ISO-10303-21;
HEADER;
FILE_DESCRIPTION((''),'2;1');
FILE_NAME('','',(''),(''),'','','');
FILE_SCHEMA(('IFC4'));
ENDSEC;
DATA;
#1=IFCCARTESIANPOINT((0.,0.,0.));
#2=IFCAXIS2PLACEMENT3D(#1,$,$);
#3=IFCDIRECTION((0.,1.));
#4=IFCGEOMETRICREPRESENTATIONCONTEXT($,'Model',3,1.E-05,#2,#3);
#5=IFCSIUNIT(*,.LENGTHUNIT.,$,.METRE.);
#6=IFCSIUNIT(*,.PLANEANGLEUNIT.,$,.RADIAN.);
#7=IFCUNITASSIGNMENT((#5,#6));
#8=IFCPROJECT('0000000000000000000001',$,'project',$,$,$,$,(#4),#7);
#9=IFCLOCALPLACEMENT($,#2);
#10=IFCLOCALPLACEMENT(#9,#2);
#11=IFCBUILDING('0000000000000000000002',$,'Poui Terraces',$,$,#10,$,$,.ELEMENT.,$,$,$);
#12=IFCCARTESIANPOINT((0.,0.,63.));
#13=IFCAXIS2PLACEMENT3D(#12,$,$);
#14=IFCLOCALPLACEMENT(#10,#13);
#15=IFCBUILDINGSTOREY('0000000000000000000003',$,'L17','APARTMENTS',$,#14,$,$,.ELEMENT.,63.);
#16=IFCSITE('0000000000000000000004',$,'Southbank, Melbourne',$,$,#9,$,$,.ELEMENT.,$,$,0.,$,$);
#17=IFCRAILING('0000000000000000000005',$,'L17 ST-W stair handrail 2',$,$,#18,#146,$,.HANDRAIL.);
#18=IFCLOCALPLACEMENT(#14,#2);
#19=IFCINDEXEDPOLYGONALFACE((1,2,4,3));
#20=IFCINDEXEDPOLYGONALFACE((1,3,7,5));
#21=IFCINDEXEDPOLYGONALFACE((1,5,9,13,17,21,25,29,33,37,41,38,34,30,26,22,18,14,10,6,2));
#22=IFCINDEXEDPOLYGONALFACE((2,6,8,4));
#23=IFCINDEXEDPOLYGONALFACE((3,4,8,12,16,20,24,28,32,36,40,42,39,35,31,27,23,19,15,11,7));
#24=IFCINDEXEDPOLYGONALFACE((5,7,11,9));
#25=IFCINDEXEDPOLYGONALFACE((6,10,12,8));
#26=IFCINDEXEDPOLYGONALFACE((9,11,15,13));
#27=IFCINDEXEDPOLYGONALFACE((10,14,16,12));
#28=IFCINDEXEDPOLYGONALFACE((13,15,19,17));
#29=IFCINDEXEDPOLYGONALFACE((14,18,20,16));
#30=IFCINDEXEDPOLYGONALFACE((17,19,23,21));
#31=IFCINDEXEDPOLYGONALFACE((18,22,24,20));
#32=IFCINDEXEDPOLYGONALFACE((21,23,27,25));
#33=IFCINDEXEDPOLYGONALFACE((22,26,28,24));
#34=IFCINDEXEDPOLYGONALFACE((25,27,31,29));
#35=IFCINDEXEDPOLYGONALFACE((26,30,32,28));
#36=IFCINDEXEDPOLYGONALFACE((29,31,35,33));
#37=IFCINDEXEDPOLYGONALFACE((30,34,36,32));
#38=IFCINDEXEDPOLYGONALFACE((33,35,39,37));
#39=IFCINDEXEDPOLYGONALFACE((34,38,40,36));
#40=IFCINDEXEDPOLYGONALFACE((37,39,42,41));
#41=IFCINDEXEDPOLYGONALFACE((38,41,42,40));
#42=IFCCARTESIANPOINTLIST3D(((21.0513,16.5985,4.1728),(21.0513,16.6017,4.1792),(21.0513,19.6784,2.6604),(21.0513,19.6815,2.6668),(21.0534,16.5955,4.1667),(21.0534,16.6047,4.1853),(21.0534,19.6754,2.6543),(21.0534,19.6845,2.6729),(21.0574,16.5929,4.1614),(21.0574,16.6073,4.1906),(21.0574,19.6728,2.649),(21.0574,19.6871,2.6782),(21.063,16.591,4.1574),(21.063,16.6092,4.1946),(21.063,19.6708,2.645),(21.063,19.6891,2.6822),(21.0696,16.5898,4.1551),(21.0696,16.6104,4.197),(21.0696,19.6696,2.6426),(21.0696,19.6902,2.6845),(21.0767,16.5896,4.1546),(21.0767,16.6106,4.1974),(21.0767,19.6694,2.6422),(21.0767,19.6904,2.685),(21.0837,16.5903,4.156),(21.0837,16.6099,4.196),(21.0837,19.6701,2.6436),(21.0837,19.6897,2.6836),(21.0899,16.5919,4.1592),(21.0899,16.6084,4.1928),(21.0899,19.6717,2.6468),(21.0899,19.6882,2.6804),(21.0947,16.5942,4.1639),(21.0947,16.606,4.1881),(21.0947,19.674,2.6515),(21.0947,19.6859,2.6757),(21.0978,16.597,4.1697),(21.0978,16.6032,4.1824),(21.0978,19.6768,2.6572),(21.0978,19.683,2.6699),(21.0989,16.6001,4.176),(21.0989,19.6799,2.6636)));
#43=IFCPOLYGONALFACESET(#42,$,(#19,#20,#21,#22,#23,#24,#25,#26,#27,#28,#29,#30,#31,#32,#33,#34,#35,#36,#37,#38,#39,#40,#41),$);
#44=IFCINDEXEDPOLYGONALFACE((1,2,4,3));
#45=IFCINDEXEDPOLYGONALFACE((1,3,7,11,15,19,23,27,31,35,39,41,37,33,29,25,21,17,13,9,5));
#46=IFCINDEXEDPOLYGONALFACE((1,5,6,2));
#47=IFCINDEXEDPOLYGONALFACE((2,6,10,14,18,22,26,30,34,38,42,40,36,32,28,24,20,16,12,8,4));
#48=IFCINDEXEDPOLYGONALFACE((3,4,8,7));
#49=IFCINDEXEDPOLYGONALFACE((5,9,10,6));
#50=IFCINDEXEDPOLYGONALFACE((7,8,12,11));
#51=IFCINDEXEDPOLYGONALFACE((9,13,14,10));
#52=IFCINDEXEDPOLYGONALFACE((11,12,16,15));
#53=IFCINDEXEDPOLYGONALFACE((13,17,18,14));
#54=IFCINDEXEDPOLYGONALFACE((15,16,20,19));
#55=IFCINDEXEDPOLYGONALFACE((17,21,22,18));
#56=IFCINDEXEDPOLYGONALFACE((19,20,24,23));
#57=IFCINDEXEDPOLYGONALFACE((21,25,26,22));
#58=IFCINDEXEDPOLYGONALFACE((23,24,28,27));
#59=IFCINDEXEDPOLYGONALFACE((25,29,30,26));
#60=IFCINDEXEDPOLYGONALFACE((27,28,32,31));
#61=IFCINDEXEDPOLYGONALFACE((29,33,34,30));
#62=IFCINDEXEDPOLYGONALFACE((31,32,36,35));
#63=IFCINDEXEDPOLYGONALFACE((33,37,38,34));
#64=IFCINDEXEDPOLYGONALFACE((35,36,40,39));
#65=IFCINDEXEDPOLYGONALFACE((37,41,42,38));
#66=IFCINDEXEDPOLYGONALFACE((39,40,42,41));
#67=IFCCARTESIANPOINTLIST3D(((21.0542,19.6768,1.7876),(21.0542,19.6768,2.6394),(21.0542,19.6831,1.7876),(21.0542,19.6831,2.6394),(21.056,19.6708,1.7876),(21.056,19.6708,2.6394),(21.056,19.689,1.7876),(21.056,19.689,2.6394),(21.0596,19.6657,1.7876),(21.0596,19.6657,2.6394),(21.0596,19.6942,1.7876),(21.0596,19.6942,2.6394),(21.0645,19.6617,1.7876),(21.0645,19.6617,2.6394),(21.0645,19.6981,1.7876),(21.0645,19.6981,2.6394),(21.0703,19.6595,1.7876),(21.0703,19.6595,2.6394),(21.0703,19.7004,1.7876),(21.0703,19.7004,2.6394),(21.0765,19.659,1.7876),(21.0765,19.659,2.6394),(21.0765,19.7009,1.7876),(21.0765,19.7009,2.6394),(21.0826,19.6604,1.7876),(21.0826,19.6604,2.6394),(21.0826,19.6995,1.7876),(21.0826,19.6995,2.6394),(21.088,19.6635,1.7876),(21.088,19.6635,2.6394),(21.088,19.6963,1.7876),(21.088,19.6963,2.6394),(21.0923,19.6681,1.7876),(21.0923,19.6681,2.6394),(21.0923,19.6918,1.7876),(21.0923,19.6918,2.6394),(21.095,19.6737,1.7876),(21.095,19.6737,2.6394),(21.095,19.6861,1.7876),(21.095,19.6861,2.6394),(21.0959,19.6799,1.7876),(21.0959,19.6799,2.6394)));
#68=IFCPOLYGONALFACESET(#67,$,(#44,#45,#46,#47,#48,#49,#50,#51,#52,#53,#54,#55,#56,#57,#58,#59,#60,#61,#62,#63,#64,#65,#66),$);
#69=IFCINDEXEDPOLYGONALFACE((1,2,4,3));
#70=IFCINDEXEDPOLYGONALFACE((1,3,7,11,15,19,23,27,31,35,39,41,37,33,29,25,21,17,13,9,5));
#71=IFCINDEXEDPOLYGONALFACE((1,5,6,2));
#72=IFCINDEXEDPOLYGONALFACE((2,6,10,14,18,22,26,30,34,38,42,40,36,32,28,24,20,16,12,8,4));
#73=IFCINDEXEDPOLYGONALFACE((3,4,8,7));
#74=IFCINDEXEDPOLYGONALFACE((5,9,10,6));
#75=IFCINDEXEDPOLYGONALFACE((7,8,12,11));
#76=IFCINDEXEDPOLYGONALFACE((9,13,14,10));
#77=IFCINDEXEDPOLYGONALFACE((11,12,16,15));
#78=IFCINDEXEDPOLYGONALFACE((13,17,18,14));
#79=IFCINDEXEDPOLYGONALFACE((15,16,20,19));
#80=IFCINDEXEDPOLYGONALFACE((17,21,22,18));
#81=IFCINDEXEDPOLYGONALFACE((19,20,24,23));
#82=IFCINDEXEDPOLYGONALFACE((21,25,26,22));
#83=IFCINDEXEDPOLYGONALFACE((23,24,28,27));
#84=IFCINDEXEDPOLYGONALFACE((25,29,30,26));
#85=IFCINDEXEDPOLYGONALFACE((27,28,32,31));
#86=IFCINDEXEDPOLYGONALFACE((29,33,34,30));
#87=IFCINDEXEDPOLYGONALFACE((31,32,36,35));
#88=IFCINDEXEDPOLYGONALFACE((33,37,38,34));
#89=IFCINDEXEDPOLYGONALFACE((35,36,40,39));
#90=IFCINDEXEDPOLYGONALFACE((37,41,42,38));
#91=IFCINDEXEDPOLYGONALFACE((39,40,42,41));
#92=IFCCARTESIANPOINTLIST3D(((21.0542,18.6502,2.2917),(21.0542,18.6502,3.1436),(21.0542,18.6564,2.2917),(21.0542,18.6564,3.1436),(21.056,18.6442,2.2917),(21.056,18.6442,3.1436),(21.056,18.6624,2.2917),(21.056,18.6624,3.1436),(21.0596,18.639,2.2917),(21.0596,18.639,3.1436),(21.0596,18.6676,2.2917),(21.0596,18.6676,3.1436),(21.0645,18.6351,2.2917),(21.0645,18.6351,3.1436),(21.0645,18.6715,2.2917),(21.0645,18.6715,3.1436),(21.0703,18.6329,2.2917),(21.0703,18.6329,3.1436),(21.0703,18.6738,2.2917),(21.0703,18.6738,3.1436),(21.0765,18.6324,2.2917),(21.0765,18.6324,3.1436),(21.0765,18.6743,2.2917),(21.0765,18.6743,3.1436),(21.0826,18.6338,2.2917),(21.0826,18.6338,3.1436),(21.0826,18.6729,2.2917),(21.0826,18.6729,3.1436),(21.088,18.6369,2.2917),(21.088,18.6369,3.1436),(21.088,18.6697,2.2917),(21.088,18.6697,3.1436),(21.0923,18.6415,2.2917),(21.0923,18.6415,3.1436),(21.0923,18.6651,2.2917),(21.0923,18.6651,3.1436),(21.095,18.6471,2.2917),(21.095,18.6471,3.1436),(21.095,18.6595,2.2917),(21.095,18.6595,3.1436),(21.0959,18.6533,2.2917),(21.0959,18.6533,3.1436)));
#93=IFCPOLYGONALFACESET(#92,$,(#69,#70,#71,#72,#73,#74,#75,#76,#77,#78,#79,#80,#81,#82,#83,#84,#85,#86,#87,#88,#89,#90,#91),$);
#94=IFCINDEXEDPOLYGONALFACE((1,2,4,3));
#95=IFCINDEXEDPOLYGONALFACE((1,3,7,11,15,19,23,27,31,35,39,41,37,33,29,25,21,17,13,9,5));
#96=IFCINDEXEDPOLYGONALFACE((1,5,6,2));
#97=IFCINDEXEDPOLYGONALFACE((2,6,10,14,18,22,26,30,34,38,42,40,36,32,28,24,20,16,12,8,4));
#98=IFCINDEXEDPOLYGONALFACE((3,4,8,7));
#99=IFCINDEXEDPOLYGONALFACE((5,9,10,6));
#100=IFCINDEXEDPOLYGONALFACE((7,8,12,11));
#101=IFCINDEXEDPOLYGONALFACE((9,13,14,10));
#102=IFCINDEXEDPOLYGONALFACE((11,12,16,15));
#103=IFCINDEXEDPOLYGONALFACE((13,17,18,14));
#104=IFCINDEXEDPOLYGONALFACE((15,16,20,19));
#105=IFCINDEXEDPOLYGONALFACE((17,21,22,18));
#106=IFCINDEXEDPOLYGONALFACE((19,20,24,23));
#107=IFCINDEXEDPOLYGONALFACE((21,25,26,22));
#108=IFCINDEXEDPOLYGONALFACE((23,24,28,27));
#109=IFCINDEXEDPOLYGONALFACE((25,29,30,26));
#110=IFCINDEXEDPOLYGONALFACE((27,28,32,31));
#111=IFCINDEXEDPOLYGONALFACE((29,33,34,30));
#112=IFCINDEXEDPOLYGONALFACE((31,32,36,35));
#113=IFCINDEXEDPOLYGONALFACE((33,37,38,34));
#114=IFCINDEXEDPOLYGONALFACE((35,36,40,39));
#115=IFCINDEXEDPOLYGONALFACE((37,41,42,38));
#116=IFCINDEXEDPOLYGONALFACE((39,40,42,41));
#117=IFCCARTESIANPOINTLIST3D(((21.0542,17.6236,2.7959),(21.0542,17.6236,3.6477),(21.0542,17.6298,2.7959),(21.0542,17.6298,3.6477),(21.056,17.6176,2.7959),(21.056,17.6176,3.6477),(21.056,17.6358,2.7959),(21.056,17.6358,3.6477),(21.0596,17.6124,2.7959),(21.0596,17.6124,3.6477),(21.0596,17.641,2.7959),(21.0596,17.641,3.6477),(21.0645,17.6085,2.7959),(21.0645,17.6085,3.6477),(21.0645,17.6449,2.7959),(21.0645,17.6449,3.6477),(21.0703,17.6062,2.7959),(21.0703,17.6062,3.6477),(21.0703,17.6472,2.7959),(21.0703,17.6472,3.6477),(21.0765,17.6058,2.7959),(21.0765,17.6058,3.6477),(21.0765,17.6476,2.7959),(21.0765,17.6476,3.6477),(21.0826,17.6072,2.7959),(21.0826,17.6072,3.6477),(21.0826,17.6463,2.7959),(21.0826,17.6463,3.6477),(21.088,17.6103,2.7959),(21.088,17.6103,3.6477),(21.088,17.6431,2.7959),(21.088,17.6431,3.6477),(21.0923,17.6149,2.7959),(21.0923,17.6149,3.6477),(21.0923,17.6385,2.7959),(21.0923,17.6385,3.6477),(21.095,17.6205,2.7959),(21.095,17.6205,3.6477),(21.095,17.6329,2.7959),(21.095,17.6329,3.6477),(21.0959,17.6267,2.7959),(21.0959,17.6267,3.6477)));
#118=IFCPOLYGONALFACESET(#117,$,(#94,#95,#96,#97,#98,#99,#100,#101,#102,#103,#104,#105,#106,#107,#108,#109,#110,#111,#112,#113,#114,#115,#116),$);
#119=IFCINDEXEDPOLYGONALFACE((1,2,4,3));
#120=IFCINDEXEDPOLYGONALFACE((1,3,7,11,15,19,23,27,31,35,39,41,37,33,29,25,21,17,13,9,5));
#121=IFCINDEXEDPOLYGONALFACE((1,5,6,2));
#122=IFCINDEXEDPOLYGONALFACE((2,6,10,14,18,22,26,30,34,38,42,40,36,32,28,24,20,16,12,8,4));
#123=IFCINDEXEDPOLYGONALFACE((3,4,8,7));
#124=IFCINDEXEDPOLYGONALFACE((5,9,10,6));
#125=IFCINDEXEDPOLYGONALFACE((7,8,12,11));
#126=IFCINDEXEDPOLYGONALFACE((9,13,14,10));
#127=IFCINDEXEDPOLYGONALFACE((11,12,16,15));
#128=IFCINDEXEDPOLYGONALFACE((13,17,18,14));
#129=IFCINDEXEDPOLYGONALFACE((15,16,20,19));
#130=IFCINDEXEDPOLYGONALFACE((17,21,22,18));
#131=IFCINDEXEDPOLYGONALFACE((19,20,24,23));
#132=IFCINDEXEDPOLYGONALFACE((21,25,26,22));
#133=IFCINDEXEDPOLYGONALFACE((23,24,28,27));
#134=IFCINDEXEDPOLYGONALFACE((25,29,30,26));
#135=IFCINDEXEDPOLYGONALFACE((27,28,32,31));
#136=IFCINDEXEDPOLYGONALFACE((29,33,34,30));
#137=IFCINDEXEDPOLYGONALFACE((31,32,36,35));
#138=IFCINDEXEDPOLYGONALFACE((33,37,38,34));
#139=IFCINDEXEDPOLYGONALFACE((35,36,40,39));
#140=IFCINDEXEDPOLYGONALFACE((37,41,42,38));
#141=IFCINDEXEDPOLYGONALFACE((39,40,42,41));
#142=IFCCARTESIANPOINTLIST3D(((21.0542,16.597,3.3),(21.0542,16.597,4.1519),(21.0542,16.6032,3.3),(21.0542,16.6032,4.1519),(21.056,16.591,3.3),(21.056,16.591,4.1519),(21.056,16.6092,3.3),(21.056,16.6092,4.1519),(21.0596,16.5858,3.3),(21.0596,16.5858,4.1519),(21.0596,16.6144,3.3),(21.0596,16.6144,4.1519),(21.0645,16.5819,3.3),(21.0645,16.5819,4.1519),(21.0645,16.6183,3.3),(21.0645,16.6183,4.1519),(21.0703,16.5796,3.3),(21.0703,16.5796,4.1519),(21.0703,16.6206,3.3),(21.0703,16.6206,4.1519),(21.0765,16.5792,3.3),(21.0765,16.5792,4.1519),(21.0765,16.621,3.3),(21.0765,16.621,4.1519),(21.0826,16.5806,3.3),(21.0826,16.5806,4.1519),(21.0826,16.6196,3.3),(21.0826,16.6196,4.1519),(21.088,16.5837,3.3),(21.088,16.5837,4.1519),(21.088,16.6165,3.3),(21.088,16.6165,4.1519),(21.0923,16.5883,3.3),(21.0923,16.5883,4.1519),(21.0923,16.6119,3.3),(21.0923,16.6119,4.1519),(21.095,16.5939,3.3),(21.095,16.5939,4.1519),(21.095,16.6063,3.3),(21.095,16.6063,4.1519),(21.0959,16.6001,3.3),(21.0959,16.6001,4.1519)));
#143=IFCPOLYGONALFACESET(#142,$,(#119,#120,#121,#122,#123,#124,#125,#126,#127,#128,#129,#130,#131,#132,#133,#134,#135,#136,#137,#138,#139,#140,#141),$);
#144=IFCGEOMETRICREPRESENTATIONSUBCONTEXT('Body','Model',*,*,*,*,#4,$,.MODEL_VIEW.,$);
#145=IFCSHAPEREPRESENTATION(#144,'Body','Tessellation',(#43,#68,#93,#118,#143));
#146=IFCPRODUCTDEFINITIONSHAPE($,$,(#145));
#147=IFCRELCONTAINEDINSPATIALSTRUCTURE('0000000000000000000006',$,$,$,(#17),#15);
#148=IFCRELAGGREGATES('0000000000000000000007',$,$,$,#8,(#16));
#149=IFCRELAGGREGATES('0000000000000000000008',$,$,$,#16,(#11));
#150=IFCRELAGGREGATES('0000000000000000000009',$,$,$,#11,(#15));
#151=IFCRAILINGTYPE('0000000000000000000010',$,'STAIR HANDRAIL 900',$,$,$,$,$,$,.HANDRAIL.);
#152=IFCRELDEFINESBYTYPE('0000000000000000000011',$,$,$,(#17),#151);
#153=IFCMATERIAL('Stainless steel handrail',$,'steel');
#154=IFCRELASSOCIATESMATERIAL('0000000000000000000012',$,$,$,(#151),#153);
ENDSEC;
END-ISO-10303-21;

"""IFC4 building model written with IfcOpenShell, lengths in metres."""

from ifc_helpers import new_model, si_unit, direction, frame, origin, origin_2d, place, context, subcontext, project, spatial, circle, extrude, material, type_object, element, save


model = new_model("IFC4")

# Units and contexts
model_context = context("Model", 3, precision=1e-05, world=origin(), true_north=direction((0.0, 1.0)))
body_context = subcontext(model_context, "Body", "Model", "MODEL_VIEW")
ifc_project = project(units=[si_unit("LENGTHUNIT", "METRE"), si_unit("PLANEANGLEUNIT", "RADIAN")], contexts=[model_context])

# Site, building, storey
site_placement = place(None, origin())
site = spatial("IfcSite", under=ifc_project, at=site_placement, Name="Southbank, Melbourne", CompositionType="ELEMENT", RefElevation=0.0)
building_placement = place(site_placement, origin())
building = spatial("IfcBuilding", under=site, at=building_placement, Name="Poui Terraces", CompositionType="ELEMENT")
storey_placement = place(building_placement, frame((0.0, 0.0, 63.0)))
storey = spatial("IfcBuildingStorey", under=building, at=storey_placement, Name="L17", Description="APARTMENTS", CompositionType="ELEMENT", Elevation=63.0)

# Railing
ifc_material_1 = material(Name="Stainless steel handrail", Category="steel")
railing_type_1 = type_object("IfcRailingType", Name="STAIR HANDRAIL 900", PredefinedType="HANDRAIL", material=ifc_material_1)
railing_1_placement = place(storey_placement, frame((21.075, 19.6799, 1.7876)))
element("IfcRailing", 1, at=railing_1_placement, inside=storey, type_object=railing_type_1, Name="L17 ST-W stair handrail 2", PredefinedType="HANDRAIL", context=body_context, shape_type="SweptSolid", body=[
    extrude(circle(Radius=0.0239, at=origin_2d()), frame((0.0, 0.0, 0.876), z_axis=(0.0, -0.897606, 0.440798), x_axis=(1.0, 0.0, 0.0)), (0.0, 0.0, 1.0), 3.4312),
    extrude(circle(Radius=0.021, at=origin_2d()), origin(), (0.0, 0.0, 1.0), 0.8518),
    extrude(circle(Radius=0.021, at=origin_2d()), frame((0.0, -1.0266, 0.5042)), (0.0, 0.0, 1.0), 0.8518),
    extrude(circle(Radius=0.021, at=origin_2d()), frame((0.0, -2.0532, 1.0083)), (0.0, 0.0, 1.0), 0.8518),
    extrude(circle(Radius=0.021, at=origin_2d()), frame((0.0, -3.0798, 1.5125)), (0.0, 0.0, 1.0), 0.8518),
])

save(model, "model.ifc")
